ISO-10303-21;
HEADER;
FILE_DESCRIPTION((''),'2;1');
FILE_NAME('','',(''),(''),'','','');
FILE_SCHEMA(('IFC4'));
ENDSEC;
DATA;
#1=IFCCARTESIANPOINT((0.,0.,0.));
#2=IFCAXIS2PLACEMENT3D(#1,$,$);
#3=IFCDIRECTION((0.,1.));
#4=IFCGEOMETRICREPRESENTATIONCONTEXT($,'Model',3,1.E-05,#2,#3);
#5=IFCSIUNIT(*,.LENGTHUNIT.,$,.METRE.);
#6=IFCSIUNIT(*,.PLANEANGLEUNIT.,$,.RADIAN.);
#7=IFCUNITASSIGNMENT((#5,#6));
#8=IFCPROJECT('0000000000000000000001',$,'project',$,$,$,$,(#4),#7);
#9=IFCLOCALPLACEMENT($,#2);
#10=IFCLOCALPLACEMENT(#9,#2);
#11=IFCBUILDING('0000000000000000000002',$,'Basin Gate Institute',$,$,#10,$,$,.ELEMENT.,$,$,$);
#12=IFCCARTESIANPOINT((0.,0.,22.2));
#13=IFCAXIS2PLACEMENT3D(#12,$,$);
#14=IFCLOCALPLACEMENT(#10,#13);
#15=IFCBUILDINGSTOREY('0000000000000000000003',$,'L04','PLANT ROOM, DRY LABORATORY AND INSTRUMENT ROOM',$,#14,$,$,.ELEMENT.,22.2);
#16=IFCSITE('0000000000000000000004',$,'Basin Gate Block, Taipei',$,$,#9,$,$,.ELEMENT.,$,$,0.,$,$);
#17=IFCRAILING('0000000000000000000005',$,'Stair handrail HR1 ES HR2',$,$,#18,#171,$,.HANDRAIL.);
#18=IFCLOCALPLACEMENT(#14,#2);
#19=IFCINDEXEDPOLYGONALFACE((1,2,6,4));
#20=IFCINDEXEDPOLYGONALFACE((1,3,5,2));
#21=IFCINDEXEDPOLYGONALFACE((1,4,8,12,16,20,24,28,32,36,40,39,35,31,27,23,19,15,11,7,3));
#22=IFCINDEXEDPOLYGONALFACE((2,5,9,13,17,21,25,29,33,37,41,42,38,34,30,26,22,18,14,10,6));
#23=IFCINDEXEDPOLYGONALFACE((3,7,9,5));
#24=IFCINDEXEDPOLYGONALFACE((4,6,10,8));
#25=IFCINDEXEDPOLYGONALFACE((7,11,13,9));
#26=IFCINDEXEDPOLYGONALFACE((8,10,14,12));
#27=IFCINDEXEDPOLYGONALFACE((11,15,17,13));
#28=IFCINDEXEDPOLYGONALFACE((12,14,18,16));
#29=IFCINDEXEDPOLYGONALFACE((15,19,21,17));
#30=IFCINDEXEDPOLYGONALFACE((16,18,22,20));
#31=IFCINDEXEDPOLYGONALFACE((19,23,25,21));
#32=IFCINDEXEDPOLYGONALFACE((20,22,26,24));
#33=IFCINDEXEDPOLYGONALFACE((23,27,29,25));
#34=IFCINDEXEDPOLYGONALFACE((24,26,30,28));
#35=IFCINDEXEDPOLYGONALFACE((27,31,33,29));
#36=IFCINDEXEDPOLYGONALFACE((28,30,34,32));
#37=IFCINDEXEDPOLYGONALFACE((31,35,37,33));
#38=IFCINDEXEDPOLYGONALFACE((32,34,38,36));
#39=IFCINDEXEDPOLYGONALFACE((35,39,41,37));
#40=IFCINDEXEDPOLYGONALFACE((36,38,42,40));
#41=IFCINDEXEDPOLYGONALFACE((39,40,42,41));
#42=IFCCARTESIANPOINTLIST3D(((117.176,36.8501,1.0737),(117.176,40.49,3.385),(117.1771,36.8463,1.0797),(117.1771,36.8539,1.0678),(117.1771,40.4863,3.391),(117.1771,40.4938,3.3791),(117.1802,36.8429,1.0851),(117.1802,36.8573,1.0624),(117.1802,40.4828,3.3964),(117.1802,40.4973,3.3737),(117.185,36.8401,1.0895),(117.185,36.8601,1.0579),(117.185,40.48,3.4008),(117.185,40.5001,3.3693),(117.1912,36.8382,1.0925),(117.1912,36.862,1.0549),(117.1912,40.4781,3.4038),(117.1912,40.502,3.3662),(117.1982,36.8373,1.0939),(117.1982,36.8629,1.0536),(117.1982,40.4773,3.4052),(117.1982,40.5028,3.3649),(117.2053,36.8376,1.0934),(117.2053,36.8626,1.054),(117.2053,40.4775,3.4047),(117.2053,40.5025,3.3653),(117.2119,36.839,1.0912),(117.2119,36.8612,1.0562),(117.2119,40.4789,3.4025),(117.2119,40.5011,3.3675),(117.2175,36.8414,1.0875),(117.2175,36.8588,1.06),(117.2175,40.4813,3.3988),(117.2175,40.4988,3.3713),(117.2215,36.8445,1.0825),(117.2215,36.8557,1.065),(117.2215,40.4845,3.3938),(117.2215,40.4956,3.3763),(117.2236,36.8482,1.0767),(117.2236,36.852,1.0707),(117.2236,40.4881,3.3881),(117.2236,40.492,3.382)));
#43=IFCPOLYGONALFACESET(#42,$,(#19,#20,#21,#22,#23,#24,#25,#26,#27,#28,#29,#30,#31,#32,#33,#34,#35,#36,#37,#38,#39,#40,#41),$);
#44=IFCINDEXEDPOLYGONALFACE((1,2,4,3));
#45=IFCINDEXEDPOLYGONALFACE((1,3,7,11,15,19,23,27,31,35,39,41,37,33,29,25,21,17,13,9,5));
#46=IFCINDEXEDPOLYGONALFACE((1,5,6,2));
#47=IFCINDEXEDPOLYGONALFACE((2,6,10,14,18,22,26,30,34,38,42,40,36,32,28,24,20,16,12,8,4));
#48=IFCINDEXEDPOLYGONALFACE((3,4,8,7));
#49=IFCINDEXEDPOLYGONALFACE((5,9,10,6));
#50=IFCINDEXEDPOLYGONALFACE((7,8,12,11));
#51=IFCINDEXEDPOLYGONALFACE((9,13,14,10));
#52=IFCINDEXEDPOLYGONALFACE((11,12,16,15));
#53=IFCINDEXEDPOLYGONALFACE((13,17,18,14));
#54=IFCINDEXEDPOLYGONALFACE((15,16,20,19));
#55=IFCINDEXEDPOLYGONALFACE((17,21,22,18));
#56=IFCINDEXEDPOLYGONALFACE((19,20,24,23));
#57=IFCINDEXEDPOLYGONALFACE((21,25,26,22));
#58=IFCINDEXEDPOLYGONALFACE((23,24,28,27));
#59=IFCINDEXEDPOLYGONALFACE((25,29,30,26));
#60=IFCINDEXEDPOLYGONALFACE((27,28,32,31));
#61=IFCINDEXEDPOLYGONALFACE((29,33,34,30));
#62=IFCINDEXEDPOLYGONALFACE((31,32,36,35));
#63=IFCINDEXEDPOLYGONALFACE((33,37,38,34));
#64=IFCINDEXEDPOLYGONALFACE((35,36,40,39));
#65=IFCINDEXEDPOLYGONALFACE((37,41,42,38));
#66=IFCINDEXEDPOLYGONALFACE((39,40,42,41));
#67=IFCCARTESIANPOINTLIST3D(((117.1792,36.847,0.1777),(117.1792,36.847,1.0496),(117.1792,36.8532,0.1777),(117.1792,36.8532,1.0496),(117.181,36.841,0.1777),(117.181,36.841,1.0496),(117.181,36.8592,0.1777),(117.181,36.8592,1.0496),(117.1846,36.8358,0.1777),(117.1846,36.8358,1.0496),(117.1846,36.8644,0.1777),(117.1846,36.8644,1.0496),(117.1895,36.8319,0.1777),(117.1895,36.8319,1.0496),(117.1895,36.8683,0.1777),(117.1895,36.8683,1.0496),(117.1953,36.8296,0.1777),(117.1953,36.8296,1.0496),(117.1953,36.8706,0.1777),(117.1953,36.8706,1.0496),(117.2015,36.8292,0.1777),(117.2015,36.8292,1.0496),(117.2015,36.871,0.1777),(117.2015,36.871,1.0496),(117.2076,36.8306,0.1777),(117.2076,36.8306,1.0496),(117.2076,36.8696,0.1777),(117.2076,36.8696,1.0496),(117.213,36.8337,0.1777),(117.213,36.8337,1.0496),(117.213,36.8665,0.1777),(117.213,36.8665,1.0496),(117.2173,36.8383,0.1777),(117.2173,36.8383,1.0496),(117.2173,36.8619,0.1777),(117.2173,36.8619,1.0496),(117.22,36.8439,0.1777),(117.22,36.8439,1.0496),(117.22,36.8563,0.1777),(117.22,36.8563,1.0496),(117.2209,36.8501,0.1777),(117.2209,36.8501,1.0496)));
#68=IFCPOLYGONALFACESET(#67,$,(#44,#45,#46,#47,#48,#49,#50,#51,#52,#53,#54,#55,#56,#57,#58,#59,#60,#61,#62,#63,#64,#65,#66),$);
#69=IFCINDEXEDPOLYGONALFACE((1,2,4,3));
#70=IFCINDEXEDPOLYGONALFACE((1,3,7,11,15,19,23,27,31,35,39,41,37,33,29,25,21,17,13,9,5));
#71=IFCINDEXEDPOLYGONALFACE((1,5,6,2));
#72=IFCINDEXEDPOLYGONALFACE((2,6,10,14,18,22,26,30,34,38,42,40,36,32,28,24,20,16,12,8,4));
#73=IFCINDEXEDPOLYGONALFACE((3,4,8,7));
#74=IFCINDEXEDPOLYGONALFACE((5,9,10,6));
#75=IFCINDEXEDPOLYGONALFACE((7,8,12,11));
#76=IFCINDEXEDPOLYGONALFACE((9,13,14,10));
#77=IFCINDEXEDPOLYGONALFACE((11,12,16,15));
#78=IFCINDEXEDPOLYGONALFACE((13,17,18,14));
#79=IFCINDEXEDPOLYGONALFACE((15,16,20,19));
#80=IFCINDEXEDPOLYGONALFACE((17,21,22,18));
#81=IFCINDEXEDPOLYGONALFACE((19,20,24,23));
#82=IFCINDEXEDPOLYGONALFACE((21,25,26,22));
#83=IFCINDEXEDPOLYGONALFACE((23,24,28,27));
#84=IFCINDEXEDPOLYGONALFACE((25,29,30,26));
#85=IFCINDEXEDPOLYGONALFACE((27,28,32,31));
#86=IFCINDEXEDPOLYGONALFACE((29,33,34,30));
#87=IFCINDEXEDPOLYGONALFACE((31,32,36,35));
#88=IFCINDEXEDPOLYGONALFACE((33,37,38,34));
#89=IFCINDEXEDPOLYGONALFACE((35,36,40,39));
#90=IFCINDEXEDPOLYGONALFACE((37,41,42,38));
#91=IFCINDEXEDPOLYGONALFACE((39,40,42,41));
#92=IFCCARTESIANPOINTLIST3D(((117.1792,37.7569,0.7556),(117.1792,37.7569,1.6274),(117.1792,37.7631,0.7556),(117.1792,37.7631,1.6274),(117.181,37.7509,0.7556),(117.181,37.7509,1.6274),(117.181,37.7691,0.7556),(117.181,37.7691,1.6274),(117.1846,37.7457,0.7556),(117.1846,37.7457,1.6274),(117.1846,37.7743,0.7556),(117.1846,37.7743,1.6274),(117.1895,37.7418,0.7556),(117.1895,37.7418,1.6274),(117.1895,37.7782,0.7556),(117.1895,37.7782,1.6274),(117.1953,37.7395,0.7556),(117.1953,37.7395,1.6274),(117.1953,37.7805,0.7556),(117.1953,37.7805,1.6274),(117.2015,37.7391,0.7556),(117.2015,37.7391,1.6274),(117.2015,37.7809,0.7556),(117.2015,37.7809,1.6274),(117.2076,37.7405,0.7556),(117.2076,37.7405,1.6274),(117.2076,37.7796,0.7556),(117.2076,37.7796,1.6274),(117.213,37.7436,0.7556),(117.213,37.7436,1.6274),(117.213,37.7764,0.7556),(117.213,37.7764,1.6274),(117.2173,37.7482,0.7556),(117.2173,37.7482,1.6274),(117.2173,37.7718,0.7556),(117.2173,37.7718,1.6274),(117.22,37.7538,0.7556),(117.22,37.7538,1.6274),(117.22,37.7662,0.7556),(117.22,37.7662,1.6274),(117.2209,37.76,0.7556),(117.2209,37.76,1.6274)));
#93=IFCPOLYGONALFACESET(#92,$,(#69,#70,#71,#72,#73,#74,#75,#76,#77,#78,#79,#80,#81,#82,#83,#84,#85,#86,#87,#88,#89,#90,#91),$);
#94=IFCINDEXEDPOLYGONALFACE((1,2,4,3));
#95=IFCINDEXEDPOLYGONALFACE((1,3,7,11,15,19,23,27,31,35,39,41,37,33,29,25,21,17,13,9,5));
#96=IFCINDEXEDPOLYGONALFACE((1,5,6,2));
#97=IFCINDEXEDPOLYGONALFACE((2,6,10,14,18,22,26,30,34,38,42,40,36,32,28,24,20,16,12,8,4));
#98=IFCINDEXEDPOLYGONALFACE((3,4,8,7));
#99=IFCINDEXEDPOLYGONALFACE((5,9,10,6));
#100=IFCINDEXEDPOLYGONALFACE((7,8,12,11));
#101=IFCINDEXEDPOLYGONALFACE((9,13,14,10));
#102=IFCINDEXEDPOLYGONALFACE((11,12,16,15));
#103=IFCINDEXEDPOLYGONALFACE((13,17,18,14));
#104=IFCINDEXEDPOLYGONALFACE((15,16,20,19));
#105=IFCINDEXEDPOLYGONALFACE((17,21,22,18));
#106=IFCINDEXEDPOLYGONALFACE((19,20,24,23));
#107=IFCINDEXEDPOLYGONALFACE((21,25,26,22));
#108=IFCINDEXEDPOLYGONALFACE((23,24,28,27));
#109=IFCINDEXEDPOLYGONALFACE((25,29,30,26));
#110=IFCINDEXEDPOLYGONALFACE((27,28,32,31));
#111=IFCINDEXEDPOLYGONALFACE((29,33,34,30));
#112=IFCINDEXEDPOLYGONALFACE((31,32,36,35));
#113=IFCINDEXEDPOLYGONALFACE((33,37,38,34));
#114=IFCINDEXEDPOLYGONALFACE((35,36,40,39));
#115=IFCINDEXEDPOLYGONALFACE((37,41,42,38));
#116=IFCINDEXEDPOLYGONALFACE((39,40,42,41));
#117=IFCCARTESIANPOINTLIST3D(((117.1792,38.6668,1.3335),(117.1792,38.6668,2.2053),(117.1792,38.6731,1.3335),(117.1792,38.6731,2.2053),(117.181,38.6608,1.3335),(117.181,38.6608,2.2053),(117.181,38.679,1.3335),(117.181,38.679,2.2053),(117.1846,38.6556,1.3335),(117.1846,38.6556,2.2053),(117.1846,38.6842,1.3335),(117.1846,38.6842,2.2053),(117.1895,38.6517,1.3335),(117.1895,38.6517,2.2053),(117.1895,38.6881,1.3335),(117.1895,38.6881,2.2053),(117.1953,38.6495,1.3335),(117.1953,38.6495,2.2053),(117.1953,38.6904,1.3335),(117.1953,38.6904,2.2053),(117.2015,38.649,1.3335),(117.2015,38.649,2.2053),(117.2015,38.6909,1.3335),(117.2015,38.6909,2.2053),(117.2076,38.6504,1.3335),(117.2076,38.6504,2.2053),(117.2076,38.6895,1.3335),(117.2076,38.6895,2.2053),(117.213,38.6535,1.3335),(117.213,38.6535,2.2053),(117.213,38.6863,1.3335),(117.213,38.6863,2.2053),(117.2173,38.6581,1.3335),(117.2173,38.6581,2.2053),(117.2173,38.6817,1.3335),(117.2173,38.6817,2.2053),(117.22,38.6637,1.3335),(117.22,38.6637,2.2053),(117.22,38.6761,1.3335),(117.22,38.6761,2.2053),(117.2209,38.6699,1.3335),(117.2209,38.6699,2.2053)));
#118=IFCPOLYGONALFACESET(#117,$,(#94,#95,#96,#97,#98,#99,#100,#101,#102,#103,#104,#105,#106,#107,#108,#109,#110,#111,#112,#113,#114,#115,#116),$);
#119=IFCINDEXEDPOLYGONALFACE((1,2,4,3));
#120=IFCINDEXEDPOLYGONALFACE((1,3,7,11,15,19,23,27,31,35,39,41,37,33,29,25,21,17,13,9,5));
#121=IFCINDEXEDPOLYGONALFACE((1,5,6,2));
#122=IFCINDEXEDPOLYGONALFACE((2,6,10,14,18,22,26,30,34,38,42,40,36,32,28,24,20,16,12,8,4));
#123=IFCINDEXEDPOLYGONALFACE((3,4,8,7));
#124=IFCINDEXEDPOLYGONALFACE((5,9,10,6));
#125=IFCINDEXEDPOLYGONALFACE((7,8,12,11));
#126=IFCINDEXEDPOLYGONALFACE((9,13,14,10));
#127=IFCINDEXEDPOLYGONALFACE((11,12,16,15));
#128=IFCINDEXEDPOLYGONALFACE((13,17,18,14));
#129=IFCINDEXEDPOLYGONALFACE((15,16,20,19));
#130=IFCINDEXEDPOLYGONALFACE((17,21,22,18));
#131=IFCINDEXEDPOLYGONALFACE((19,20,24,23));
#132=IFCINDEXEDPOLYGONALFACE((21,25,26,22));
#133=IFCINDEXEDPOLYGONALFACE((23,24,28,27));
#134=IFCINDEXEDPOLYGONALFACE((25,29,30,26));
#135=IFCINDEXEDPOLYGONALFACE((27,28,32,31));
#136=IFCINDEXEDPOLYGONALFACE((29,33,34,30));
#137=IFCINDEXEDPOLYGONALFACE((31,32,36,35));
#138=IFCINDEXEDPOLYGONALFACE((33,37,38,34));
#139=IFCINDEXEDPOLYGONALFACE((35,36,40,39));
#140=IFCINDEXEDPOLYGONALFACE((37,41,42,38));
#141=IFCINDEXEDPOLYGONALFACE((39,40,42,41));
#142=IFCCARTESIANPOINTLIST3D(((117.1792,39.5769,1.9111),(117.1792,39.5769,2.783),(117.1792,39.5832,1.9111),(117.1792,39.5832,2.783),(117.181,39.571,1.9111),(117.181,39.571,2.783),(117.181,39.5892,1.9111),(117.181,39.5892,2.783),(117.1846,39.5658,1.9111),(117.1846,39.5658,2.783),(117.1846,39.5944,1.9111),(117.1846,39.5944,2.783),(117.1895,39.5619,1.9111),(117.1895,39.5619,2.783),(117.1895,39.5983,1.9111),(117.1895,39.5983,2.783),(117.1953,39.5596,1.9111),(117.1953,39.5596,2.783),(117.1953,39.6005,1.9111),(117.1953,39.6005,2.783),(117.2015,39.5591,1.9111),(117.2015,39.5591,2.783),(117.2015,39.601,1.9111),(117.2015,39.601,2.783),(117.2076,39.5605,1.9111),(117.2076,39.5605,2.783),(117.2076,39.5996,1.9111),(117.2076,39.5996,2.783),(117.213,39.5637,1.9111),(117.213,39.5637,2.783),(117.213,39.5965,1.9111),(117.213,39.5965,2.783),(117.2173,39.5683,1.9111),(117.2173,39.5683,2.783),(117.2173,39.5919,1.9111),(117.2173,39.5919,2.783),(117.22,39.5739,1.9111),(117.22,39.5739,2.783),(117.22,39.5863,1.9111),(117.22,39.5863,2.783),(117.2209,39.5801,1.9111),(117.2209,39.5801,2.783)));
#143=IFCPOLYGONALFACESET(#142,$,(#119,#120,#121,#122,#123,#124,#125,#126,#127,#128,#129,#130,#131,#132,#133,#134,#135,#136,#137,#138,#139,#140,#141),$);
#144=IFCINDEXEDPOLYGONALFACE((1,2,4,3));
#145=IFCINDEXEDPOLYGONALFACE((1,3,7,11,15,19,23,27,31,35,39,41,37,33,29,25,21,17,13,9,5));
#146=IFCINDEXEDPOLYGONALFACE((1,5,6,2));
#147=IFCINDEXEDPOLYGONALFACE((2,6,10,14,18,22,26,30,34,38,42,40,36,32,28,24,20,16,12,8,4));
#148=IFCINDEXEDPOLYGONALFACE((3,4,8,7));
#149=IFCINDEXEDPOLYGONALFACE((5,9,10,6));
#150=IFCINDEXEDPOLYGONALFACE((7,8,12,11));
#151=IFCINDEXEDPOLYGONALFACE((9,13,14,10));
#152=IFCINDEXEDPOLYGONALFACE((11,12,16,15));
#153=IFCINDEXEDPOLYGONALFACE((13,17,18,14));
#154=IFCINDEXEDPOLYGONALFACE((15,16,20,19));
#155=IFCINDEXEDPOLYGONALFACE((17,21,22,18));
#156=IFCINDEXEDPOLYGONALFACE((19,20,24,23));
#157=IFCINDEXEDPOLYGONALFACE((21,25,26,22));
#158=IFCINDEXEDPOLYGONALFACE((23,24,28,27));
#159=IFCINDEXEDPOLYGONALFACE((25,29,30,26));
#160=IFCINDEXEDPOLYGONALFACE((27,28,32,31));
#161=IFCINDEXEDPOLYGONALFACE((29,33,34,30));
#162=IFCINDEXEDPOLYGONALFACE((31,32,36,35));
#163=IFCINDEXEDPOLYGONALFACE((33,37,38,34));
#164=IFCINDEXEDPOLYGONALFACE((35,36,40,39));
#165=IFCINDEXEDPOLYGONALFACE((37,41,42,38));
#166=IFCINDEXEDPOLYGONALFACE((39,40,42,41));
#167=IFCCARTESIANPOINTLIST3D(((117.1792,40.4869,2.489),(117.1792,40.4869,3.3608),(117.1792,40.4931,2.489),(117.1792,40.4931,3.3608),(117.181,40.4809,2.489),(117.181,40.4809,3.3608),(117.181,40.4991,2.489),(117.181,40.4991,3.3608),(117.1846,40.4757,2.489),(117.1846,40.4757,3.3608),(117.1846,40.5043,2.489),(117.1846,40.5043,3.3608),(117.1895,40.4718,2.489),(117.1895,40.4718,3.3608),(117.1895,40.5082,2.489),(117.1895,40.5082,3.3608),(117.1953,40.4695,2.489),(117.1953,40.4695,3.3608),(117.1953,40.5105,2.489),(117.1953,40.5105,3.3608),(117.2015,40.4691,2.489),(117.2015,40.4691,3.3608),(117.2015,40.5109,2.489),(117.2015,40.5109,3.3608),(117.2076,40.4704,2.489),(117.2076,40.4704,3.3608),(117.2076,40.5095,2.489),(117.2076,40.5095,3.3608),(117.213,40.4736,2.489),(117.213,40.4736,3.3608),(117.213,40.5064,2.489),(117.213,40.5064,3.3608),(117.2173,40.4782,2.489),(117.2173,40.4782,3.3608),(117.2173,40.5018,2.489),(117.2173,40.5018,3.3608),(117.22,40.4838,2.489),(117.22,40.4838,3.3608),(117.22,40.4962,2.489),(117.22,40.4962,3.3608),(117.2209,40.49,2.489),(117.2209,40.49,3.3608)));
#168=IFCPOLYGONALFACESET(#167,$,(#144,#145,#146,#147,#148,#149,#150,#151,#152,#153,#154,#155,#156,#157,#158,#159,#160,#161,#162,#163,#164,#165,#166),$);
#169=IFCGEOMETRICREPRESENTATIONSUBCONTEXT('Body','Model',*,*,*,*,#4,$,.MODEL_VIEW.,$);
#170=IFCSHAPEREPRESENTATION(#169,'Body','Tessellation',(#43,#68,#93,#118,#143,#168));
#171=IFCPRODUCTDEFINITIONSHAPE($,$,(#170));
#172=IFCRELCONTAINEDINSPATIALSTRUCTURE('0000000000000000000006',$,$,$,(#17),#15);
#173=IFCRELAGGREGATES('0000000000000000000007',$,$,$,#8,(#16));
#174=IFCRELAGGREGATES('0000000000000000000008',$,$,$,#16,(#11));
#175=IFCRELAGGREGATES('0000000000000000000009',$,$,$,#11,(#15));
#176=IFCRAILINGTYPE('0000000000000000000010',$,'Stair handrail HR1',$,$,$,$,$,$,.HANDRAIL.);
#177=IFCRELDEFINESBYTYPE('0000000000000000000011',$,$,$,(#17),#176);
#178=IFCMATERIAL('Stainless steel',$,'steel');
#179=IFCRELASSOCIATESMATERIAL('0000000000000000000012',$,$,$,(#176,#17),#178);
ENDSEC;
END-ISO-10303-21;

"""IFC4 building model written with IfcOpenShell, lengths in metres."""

from ifc_helpers import new_model, si_unit, direction, frame, origin, origin_2d, place, context, subcontext, project, spatial, circle, extrude, material, type_object, element, save


model = new_model("IFC4")

# Units and contexts
model_context = context("Model", 3, precision=1e-05, world=origin(), true_north=direction((0.0, 1.0)))
body_context = subcontext(model_context, "Body", "Model", "MODEL_VIEW")
ifc_project = project(units=[si_unit("LENGTHUNIT", "METRE"), si_unit("PLANEANGLEUNIT", "RADIAN")], contexts=[model_context])

# Site, building, storey
site_placement = place(None, origin())
site = spatial("IfcSite", under=ifc_project, at=site_placement, Name="Basin Gate Block, Taipei", CompositionType="ELEMENT", RefElevation=0.0)
building_placement = place(site_placement, origin())
building = spatial("IfcBuilding", under=site, at=building_placement, Name="Basin Gate Institute", CompositionType="ELEMENT")
storey_placement = place(building_placement, frame((0.0, 0.0, 22.2)))
storey = spatial("IfcBuildingStorey", under=building, at=storey_placement, Name="L04", Description="PLANT ROOM, DRY LABORATORY AND INSTRUMENT ROOM", CompositionType="ELEMENT", Elevation=22.2)

# Railing
ifc_material_1 = material(Name="Stainless steel", Category="steel")
railing_type_1 = type_object("IfcRailingType", Name="Stair handrail HR1", PredefinedType="HANDRAIL", material=ifc_material_1)
for number, where, name in (
    (1, (117.2, 36.8501, 0.1777), "Stair handrail HR1 ES HR2"),
):
    element("IfcRailing", number, at=place(storey_placement, frame(where)), inside=storey, type_object=railing_type_1, material=ifc_material_1, Name=name, PredefinedType="HANDRAIL", context=body_context, shape_type="SweptSolid", body=[
        extrude(circle(Radius=0.0239, at=origin_2d()), frame((0.0, 0.0, 0.896), z_axis=(0.0, 0.844188, 0.536047), x_axis=(-1.0, 0.0, 0.0)), (0.0, 0.0, 1.0), 4.3118),
        extrude(circle(Radius=0.021, at=origin_2d()), origin(), (0.0, 0.0, 1.0), 0.8718),
        extrude(circle(Radius=0.021, at=origin_2d()), frame((0.0, 0.9099, 0.5779)), (0.0, 0.0, 1.0), 0.8718),
        extrude(circle(Radius=0.021, at=origin_2d()), frame((0.0, 1.8198, 1.1558)), (0.0, 0.0, 1.0), 0.8718),
        extrude(circle(Radius=0.021, at=origin_2d()), frame((0.0, 2.73, 1.7334)), (0.0, 0.0, 1.0), 0.8718),
        extrude(circle(Radius=0.021, at=origin_2d()), frame((0.0, 3.6399, 2.3113)), (0.0, 0.0, 1.0), 0.8718),
    ])

save(model, "model.ifc")
